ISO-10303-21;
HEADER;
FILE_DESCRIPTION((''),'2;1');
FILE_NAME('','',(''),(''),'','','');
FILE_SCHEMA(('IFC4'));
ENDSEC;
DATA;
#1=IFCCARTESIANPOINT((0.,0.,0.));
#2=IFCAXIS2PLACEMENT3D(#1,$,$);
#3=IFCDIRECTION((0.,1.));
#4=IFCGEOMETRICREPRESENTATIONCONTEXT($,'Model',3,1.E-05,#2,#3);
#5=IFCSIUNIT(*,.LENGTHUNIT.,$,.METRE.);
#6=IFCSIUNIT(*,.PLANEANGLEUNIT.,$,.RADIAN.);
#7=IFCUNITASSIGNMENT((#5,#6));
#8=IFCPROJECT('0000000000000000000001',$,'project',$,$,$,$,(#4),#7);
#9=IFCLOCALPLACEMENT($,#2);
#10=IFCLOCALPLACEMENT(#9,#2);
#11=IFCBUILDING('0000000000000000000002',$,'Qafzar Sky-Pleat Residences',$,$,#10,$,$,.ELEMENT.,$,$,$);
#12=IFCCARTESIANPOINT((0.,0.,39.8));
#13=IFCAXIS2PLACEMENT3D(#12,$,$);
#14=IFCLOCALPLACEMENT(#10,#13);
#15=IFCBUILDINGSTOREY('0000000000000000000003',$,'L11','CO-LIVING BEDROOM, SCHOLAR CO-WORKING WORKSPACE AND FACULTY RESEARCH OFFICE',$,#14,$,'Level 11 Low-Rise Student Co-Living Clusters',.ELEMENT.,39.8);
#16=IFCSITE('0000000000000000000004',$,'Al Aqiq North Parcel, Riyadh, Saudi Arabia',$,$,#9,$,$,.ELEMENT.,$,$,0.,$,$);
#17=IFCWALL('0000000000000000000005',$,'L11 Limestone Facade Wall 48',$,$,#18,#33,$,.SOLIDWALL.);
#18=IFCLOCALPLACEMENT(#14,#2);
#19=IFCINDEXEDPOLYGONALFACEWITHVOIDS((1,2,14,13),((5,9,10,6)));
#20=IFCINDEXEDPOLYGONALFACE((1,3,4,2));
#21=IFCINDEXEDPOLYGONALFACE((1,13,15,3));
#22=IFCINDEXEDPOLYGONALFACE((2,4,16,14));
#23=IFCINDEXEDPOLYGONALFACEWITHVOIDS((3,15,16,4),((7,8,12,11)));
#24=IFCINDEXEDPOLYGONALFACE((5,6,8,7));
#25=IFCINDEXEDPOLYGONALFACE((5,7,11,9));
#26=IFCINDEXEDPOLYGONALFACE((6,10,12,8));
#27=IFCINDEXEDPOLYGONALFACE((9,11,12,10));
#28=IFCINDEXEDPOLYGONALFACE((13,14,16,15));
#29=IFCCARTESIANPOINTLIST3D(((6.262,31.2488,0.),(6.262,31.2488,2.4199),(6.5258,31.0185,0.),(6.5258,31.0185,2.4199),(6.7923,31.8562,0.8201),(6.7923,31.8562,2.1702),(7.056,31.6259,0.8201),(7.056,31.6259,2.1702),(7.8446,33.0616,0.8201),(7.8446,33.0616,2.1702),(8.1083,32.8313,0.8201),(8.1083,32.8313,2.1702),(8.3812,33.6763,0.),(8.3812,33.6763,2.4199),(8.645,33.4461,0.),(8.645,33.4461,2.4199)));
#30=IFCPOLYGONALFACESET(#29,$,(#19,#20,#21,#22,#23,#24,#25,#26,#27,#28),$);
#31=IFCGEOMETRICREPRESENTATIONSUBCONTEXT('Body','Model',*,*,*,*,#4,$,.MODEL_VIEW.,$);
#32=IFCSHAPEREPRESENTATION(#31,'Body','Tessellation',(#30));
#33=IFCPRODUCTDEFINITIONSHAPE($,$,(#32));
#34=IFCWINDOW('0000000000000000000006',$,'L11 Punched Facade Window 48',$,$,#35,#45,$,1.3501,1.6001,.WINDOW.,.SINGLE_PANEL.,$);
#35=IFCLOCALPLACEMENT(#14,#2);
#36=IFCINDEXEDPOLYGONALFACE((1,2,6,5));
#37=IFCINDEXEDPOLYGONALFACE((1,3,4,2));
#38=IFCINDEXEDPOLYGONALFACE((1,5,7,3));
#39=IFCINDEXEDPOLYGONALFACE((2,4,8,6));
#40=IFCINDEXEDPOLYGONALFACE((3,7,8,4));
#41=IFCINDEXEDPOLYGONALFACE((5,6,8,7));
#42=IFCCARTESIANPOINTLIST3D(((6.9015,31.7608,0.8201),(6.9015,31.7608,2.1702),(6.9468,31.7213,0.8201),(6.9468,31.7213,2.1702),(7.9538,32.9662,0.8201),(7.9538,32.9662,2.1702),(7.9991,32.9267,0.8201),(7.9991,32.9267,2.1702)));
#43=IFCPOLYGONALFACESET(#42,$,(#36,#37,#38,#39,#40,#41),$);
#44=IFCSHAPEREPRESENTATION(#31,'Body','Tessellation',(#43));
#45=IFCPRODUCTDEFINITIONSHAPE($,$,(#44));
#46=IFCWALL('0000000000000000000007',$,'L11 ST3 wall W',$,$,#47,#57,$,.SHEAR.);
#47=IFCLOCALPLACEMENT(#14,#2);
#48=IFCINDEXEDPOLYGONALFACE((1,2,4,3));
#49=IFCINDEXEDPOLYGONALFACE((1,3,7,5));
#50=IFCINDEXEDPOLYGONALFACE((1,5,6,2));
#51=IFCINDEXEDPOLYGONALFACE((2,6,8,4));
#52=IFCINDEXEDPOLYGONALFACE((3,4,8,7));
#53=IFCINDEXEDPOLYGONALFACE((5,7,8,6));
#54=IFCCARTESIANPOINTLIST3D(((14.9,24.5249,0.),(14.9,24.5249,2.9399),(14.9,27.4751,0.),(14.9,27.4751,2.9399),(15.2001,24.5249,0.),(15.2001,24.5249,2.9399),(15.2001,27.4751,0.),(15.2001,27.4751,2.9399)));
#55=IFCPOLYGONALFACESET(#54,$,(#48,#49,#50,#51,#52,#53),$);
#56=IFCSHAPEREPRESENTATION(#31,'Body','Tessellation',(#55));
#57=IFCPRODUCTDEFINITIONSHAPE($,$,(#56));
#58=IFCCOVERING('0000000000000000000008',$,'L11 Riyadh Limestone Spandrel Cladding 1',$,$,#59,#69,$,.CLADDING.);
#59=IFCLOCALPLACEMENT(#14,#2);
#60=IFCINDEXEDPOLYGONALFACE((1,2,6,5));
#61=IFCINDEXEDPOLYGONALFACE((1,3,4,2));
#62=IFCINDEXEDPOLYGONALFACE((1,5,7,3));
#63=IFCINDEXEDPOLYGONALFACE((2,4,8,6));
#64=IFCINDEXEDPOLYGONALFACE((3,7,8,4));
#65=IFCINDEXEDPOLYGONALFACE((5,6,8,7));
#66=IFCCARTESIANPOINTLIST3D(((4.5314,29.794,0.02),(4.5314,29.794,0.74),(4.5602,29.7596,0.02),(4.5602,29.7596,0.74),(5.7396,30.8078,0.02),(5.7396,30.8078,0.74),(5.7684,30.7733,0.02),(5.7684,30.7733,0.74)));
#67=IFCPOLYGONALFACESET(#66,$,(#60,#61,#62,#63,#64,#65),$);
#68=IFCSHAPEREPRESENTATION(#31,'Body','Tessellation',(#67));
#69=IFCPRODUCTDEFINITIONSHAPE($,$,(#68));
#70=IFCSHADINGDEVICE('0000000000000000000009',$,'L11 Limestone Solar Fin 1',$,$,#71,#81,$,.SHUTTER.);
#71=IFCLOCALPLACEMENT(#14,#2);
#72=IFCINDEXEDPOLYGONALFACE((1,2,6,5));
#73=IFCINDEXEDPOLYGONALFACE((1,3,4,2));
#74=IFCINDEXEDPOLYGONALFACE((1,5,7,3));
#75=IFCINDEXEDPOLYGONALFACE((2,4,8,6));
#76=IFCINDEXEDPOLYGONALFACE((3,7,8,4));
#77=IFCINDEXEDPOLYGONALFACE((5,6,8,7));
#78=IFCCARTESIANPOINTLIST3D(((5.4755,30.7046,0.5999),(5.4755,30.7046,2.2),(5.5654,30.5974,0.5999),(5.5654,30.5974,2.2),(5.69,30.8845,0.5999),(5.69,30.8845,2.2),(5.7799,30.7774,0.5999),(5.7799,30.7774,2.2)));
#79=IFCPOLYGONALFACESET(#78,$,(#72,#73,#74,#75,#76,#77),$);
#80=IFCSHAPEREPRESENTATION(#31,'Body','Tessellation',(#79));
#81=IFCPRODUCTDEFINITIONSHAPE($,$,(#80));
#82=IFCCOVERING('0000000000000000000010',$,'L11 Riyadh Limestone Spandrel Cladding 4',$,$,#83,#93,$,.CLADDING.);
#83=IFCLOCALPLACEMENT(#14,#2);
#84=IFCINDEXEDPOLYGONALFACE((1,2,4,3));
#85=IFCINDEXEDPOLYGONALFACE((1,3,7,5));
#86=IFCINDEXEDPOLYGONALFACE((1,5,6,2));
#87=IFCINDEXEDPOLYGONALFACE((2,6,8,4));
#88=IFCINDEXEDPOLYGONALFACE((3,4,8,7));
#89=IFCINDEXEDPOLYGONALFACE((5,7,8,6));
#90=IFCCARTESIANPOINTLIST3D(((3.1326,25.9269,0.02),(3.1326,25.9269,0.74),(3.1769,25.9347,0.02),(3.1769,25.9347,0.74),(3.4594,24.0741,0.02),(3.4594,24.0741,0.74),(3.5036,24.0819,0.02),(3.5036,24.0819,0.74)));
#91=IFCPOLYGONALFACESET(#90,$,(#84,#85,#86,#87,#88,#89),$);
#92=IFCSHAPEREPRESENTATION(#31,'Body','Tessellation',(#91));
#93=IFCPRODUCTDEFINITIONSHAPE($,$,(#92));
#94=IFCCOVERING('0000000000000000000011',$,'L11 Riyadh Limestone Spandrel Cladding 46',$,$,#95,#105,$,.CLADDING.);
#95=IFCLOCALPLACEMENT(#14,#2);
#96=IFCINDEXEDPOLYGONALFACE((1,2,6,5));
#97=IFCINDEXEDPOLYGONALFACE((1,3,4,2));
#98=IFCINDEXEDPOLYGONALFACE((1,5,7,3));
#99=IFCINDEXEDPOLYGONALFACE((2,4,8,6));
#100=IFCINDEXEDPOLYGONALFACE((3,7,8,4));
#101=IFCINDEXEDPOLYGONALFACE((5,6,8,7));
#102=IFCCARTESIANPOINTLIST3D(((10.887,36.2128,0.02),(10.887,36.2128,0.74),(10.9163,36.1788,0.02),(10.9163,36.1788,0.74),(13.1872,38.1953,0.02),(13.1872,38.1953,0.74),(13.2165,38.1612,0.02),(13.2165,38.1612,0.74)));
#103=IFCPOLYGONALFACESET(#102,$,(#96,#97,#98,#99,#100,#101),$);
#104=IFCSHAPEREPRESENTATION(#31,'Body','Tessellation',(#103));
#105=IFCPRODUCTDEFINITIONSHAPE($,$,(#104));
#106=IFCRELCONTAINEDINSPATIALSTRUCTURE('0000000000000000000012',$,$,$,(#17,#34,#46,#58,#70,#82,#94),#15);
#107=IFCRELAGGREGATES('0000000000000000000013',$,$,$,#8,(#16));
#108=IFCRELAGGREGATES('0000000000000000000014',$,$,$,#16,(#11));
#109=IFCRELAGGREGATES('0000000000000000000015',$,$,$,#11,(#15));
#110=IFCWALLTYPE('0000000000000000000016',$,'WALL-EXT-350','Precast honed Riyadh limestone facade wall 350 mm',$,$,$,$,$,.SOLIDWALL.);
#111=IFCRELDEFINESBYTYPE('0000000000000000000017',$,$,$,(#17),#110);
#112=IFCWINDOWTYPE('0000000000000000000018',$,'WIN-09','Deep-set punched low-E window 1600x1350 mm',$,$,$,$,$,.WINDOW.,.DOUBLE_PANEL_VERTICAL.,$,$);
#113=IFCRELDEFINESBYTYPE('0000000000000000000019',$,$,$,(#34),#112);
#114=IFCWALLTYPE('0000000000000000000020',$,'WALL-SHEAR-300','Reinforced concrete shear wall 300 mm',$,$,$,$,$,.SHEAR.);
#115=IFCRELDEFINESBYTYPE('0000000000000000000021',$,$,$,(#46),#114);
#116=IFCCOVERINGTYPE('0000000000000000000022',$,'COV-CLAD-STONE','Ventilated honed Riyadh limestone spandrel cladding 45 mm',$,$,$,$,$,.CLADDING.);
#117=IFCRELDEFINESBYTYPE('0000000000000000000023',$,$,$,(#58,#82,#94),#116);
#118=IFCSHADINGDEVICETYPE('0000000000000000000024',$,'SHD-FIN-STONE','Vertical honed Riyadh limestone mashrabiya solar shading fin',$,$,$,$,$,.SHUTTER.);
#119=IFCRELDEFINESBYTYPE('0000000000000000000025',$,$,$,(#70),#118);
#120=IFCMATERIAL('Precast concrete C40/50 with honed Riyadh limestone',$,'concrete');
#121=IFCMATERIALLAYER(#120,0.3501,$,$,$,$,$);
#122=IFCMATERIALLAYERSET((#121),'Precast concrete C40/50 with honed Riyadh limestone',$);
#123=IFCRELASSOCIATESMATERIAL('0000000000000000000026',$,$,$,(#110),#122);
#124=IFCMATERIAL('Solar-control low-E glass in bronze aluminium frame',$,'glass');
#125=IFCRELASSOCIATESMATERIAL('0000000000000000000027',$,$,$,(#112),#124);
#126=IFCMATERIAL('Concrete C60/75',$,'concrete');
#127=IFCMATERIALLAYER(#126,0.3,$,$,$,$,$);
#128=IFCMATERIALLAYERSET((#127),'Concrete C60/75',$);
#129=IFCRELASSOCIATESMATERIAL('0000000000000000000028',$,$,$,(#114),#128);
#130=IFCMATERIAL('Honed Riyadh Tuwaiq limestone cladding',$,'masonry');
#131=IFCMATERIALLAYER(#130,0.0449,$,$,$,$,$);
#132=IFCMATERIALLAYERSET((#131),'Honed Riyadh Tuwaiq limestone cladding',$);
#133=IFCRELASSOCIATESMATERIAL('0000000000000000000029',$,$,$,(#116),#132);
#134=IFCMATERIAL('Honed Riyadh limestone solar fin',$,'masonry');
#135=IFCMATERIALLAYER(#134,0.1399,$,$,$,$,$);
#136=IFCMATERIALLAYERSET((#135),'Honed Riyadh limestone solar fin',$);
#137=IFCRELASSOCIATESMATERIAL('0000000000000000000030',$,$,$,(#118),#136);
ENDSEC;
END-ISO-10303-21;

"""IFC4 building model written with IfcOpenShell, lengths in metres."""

from ifc_helpers import new_model, si_unit, direction, frame, frame_2d, origin, origin_2d, place, context, subcontext, project, spatial, rectangle, extrude, source, transform, mapped, material, layer, layer_set, type_object, element, fill, save


model = new_model("IFC4")

# Units and contexts
model_context = context("Model", 3, precision=1e-05, world=origin(), true_north=direction((0.0, 1.0)))
body_context = subcontext(model_context, "Body", "Model", "MODEL_VIEW")
ifc_project = project(units=[si_unit("LENGTHUNIT", "METRE"), si_unit("PLANEANGLEUNIT", "RADIAN")], contexts=[model_context])

# Site, building, storey
site_placement = place(None, origin())
site = spatial("IfcSite", under=ifc_project, at=site_placement, Name="Al Aqiq North Parcel, Riyadh, Saudi Arabia", CompositionType="ELEMENT", RefElevation=0.0)
building_placement = place(site_placement, origin())
building = spatial("IfcBuilding", under=site, at=building_placement, Name="Qafzar Sky-Pleat Residences", CompositionType="ELEMENT")
storey_placement = place(building_placement, frame((0.0, 0.0, 39.8)))
storey = spatial("IfcBuildingStorey", under=building, at=storey_placement, Name="L11", Description="CO-LIVING BEDROOM, SCHOLAR CO-WORKING WORKSPACE AND FACULTY RESEARCH OFFICE", LongName="Level 11 Low-Rise Student Co-Living Clusters", CompositionType="ELEMENT", Elevation=39.8)

# Shared definitions
ifc_material_1 = material(Name="Concrete C60/75", Category="concrete")

# Wall, opening, window
ifc_material_2 = material(Name="Precast concrete C40/50 with honed Riyadh limestone", Category="concrete")
ifc_layer_1 = layer(ifc_material_2, 0.3501)
ifc_layer_set_1 = layer_set([ifc_layer_1], Name="Precast concrete C40/50 with honed Riyadh limestone")
wall_type_1 = type_object("IfcWallType", Name="WALL-EXT-350", Description="Precast honed Riyadh limestone facade wall 350 mm", PredefinedType="SOLIDWALL", material=ifc_layer_set_1)
ifc_material_3 = material(Name="Solar-control low-E glass in bronze aluminium frame", Category="glass")
wall_1_placement = place(storey_placement, frame((8.5132, 33.5613, 0.0), z_axis=(0.0, 0.0, 1.0), x_axis=(-0.657641, -0.753332, 0.0)))
wall_1 = element("IfcWall", 1, at=wall_1_placement, inside=storey, type_object=wall_type_1, Name="L11 Limestone Facade Wall 48", PredefinedType="SOLIDWALL", context=body_context, shape_type="SweptSolid", body=[
    extrude(rectangle(XDim=3.2224, YDim=0.3501, at=frame_2d((1.6113, 0.0))), origin(), (0.0, 0.0, 1.0), 2.4199),
])
opening_1_placement = place(wall_1_placement, frame((0.8162, 0.0, 0.8201)))
opening_1 = element("IfcOpeningElement", 2, at=opening_1_placement, cuts=wall_1, PredefinedType="OPENING", context=body_context, shape_type="SweptSolid", body=[
    extrude(rectangle(XDim=1.6001, YDim=1.3501, at=frame_2d((0.8, 0.675))), frame((0.0, 0.1851, 0.0), z_axis=(0.0, -1.0, 0.0), x_axis=(1.0, 0.0, 0.0)), (0.0, 0.0, 1.0), 0.3701),
])
window_type_1 = type_object("IfcWindowType", Name="WIN-09", Description="Deep-set punched low-E window 1600x1350 mm", PartitioningType="DOUBLE_PANEL_VERTICAL", PredefinedType="WINDOW", material=ifc_material_3)
shared_shape_1 = source(origin(), body_context, "Body", "SweptSolid", [
    extrude(rectangle(XDim=1.6001, YDim=1.3501, at=frame_2d((0.8, 0.675))), frame((0.0, 0.03, 0.0), z_axis=(0.0, -1.0, 0.0), x_axis=(1.0, 0.0, 0.0)), (0.0, 0.0, 1.0), 0.0601),
])
window_1_placement = place(opening_1_placement, origin())
window_1 = element("IfcWindow", 3, at=window_1_placement, inside=storey, type_object=window_type_1, Name="L11 Punched Facade Window 48", OverallHeight=1.3501, OverallWidth=1.6001, PartitioningType="SINGLE_PANEL", PredefinedType="WINDOW", context=body_context, shape_type="MappedRepresentation", body=[
    mapped(shared_shape_1, transform((0.0, 0.0, 0.0), x_axis=(1.0, 0.0, 0.0), y_axis=(0.0, 1.0, 0.0), z_axis=(0.0, 0.0, 1.0), scale=1.0)),
])
fill(opening_1, window_1)

# Wall
ifc_layer_2 = layer(ifc_material_1, 0.3)
ifc_layer_set_2 = layer_set([ifc_layer_2], Name="Concrete C60/75")
wall_type_2 = type_object("IfcWallType", Name="WALL-SHEAR-300", Description="Reinforced concrete shear wall 300 mm", PredefinedType="SHEAR", material=ifc_layer_set_2)
wall_2_placement = place(storey_placement, frame((15.05, 27.4751, 0.0), z_axis=(0.0, 0.0, 1.0), x_axis=(0.0, -1.0, 0.0)))
element("IfcWall", 4, at=wall_2_placement, inside=storey, type_object=wall_type_2, Name="L11 ST3 wall W", PredefinedType="SHEAR", context=body_context, shape_type="SweptSolid", body=[
    extrude(rectangle(XDim=2.9502, YDim=0.3, at=frame_2d((1.4751, 0.0))), origin(), (0.0, 0.0, 1.0), 2.9399),
])

# Covering
ifc_material_4 = material(Name="Honed Riyadh Tuwaiq limestone cladding", Category="masonry")
ifc_layer_3 = layer(ifc_material_4, 0.0449)
ifc_layer_set_3 = layer_set([ifc_layer_3], Name="Honed Riyadh Tuwaiq limestone cladding")
covering_type = type_object("IfcCoveringType", Name="COV-CLAD-STONE", Description="Ventilated honed Riyadh limestone spandrel cladding 45 mm", PredefinedType="CLADDING", material=ifc_layer_set_3)
shared_shape_2 = source(origin(), body_context, "Body", "SweptSolid", [
    extrude(rectangle(XDim=1.5771, YDim=0.0449, at=origin_2d()), origin(), (0.0, 0.0, 1.0), 0.72),
])
covering_1_placement = place(storey_placement, frame((5.1499, 30.2837, 0.02), z_axis=(0.0, 0.0, 1.0), x_axis=(-0.766075, -0.642752, 0.0)))
element("IfcCovering", 5, at=covering_1_placement, inside=storey, type_object=covering_type, Name="L11 Riyadh Limestone Spandrel Cladding 1", PredefinedType="CLADDING", context=body_context, shape_type="MappedRepresentation", body=[
    mapped(shared_shape_2, transform((0.0, 0.0, 0.0), x_axis=(1.0, 0.0, 0.0), y_axis=(0.0, 1.0, 0.0), z_axis=(0.0, 0.0, 1.0), scale=1.0)),
])

# Shading device
ifc_material_5 = material(Name="Honed Riyadh limestone solar fin", Category="masonry")
ifc_layer_4 = layer(ifc_material_5, 0.1399)
ifc_layer_set_4 = layer_set([ifc_layer_4], Name="Honed Riyadh limestone solar fin")
shading_device_type = type_object("IfcShadingDeviceType", Name="SHD-FIN-STONE", Description="Vertical honed Riyadh limestone mashrabiya solar shading fin", PredefinedType="SHUTTER", material=ifc_layer_set_4)
shared_shape_3 = source(origin(), body_context, "Body", "SweptSolid", [
    extrude(rectangle(XDim=0.1399, YDim=0.28, at=origin_2d()), origin(), (0.0, 0.0, 1.0), 1.6001),
])
shading_device_placement = place(storey_placement, frame((5.6277, 30.741, 0.5999), z_axis=(0.0, 0.0, 1.0), x_axis=(-0.642754, 0.766072, 0.0)))
element("IfcShadingDevice", 6, at=shading_device_placement, inside=storey, type_object=shading_device_type, Name="L11 Limestone Solar Fin 1", PredefinedType="SHUTTER", context=body_context, shape_type="MappedRepresentation", body=[
    mapped(shared_shape_3, transform((0.0, 0.0, 0.0), x_axis=(1.0, 0.0, 0.0), y_axis=(0.0, 1.0, 0.0), z_axis=(0.0, 0.0, 1.0), scale=1.0)),
])

# Coverings
shared_shape_4 = source(origin(), body_context, "Body", "SweptSolid", [
    extrude(rectangle(XDim=1.8813, YDim=0.0449, at=origin_2d()), origin(), (0.0, 0.0, 1.0), 0.72),
])
covering_2_placement = place(storey_placement, frame((3.3181, 25.0044, 0.02), z_axis=(0.0, 0.0, 1.0), x_axis=(0.173663, -0.984805, 0.0)))
element("IfcCovering", 7, at=covering_2_placement, inside=storey, type_object=covering_type, Name="L11 Riyadh Limestone Spandrel Cladding 4", PredefinedType="CLADDING", context=body_context, shape_type="MappedRepresentation", body=[
    mapped(shared_shape_4, transform((0.0, 0.0, 0.0), x_axis=(1.0, 0.0, 0.0), y_axis=(0.0, 1.0, 0.0), z_axis=(0.0, 0.0, 1.0), scale=1.0)),
])
shared_shape_5 = source(origin(), body_context, "Body", "SweptSolid", [
    extrude(rectangle(XDim=3.0366, YDim=0.0449, at=origin_2d()), origin(), (0.0, 0.0, 1.0), 0.72),
])
covering_3_placement = place(storey_placement, frame((12.0518, 37.187, 0.02), z_axis=(0.0, 0.0, 1.0), x_axis=(-0.757482, -0.652856, 0.0)))
element("IfcCovering", 8, at=covering_3_placement, inside=storey, type_object=covering_type, Name="L11 Riyadh Limestone Spandrel Cladding 46", PredefinedType="CLADDING", context=body_context, shape_type="MappedRepresentation", body=[
    mapped(shared_shape_5, transform((0.0, 0.0, 0.0), x_axis=(1.0, 0.0, 0.0), y_axis=(0.0, 1.0, 0.0), z_axis=(0.0, 0.0, 1.0), scale=1.0)),
])

save(model, "model.ifc")
